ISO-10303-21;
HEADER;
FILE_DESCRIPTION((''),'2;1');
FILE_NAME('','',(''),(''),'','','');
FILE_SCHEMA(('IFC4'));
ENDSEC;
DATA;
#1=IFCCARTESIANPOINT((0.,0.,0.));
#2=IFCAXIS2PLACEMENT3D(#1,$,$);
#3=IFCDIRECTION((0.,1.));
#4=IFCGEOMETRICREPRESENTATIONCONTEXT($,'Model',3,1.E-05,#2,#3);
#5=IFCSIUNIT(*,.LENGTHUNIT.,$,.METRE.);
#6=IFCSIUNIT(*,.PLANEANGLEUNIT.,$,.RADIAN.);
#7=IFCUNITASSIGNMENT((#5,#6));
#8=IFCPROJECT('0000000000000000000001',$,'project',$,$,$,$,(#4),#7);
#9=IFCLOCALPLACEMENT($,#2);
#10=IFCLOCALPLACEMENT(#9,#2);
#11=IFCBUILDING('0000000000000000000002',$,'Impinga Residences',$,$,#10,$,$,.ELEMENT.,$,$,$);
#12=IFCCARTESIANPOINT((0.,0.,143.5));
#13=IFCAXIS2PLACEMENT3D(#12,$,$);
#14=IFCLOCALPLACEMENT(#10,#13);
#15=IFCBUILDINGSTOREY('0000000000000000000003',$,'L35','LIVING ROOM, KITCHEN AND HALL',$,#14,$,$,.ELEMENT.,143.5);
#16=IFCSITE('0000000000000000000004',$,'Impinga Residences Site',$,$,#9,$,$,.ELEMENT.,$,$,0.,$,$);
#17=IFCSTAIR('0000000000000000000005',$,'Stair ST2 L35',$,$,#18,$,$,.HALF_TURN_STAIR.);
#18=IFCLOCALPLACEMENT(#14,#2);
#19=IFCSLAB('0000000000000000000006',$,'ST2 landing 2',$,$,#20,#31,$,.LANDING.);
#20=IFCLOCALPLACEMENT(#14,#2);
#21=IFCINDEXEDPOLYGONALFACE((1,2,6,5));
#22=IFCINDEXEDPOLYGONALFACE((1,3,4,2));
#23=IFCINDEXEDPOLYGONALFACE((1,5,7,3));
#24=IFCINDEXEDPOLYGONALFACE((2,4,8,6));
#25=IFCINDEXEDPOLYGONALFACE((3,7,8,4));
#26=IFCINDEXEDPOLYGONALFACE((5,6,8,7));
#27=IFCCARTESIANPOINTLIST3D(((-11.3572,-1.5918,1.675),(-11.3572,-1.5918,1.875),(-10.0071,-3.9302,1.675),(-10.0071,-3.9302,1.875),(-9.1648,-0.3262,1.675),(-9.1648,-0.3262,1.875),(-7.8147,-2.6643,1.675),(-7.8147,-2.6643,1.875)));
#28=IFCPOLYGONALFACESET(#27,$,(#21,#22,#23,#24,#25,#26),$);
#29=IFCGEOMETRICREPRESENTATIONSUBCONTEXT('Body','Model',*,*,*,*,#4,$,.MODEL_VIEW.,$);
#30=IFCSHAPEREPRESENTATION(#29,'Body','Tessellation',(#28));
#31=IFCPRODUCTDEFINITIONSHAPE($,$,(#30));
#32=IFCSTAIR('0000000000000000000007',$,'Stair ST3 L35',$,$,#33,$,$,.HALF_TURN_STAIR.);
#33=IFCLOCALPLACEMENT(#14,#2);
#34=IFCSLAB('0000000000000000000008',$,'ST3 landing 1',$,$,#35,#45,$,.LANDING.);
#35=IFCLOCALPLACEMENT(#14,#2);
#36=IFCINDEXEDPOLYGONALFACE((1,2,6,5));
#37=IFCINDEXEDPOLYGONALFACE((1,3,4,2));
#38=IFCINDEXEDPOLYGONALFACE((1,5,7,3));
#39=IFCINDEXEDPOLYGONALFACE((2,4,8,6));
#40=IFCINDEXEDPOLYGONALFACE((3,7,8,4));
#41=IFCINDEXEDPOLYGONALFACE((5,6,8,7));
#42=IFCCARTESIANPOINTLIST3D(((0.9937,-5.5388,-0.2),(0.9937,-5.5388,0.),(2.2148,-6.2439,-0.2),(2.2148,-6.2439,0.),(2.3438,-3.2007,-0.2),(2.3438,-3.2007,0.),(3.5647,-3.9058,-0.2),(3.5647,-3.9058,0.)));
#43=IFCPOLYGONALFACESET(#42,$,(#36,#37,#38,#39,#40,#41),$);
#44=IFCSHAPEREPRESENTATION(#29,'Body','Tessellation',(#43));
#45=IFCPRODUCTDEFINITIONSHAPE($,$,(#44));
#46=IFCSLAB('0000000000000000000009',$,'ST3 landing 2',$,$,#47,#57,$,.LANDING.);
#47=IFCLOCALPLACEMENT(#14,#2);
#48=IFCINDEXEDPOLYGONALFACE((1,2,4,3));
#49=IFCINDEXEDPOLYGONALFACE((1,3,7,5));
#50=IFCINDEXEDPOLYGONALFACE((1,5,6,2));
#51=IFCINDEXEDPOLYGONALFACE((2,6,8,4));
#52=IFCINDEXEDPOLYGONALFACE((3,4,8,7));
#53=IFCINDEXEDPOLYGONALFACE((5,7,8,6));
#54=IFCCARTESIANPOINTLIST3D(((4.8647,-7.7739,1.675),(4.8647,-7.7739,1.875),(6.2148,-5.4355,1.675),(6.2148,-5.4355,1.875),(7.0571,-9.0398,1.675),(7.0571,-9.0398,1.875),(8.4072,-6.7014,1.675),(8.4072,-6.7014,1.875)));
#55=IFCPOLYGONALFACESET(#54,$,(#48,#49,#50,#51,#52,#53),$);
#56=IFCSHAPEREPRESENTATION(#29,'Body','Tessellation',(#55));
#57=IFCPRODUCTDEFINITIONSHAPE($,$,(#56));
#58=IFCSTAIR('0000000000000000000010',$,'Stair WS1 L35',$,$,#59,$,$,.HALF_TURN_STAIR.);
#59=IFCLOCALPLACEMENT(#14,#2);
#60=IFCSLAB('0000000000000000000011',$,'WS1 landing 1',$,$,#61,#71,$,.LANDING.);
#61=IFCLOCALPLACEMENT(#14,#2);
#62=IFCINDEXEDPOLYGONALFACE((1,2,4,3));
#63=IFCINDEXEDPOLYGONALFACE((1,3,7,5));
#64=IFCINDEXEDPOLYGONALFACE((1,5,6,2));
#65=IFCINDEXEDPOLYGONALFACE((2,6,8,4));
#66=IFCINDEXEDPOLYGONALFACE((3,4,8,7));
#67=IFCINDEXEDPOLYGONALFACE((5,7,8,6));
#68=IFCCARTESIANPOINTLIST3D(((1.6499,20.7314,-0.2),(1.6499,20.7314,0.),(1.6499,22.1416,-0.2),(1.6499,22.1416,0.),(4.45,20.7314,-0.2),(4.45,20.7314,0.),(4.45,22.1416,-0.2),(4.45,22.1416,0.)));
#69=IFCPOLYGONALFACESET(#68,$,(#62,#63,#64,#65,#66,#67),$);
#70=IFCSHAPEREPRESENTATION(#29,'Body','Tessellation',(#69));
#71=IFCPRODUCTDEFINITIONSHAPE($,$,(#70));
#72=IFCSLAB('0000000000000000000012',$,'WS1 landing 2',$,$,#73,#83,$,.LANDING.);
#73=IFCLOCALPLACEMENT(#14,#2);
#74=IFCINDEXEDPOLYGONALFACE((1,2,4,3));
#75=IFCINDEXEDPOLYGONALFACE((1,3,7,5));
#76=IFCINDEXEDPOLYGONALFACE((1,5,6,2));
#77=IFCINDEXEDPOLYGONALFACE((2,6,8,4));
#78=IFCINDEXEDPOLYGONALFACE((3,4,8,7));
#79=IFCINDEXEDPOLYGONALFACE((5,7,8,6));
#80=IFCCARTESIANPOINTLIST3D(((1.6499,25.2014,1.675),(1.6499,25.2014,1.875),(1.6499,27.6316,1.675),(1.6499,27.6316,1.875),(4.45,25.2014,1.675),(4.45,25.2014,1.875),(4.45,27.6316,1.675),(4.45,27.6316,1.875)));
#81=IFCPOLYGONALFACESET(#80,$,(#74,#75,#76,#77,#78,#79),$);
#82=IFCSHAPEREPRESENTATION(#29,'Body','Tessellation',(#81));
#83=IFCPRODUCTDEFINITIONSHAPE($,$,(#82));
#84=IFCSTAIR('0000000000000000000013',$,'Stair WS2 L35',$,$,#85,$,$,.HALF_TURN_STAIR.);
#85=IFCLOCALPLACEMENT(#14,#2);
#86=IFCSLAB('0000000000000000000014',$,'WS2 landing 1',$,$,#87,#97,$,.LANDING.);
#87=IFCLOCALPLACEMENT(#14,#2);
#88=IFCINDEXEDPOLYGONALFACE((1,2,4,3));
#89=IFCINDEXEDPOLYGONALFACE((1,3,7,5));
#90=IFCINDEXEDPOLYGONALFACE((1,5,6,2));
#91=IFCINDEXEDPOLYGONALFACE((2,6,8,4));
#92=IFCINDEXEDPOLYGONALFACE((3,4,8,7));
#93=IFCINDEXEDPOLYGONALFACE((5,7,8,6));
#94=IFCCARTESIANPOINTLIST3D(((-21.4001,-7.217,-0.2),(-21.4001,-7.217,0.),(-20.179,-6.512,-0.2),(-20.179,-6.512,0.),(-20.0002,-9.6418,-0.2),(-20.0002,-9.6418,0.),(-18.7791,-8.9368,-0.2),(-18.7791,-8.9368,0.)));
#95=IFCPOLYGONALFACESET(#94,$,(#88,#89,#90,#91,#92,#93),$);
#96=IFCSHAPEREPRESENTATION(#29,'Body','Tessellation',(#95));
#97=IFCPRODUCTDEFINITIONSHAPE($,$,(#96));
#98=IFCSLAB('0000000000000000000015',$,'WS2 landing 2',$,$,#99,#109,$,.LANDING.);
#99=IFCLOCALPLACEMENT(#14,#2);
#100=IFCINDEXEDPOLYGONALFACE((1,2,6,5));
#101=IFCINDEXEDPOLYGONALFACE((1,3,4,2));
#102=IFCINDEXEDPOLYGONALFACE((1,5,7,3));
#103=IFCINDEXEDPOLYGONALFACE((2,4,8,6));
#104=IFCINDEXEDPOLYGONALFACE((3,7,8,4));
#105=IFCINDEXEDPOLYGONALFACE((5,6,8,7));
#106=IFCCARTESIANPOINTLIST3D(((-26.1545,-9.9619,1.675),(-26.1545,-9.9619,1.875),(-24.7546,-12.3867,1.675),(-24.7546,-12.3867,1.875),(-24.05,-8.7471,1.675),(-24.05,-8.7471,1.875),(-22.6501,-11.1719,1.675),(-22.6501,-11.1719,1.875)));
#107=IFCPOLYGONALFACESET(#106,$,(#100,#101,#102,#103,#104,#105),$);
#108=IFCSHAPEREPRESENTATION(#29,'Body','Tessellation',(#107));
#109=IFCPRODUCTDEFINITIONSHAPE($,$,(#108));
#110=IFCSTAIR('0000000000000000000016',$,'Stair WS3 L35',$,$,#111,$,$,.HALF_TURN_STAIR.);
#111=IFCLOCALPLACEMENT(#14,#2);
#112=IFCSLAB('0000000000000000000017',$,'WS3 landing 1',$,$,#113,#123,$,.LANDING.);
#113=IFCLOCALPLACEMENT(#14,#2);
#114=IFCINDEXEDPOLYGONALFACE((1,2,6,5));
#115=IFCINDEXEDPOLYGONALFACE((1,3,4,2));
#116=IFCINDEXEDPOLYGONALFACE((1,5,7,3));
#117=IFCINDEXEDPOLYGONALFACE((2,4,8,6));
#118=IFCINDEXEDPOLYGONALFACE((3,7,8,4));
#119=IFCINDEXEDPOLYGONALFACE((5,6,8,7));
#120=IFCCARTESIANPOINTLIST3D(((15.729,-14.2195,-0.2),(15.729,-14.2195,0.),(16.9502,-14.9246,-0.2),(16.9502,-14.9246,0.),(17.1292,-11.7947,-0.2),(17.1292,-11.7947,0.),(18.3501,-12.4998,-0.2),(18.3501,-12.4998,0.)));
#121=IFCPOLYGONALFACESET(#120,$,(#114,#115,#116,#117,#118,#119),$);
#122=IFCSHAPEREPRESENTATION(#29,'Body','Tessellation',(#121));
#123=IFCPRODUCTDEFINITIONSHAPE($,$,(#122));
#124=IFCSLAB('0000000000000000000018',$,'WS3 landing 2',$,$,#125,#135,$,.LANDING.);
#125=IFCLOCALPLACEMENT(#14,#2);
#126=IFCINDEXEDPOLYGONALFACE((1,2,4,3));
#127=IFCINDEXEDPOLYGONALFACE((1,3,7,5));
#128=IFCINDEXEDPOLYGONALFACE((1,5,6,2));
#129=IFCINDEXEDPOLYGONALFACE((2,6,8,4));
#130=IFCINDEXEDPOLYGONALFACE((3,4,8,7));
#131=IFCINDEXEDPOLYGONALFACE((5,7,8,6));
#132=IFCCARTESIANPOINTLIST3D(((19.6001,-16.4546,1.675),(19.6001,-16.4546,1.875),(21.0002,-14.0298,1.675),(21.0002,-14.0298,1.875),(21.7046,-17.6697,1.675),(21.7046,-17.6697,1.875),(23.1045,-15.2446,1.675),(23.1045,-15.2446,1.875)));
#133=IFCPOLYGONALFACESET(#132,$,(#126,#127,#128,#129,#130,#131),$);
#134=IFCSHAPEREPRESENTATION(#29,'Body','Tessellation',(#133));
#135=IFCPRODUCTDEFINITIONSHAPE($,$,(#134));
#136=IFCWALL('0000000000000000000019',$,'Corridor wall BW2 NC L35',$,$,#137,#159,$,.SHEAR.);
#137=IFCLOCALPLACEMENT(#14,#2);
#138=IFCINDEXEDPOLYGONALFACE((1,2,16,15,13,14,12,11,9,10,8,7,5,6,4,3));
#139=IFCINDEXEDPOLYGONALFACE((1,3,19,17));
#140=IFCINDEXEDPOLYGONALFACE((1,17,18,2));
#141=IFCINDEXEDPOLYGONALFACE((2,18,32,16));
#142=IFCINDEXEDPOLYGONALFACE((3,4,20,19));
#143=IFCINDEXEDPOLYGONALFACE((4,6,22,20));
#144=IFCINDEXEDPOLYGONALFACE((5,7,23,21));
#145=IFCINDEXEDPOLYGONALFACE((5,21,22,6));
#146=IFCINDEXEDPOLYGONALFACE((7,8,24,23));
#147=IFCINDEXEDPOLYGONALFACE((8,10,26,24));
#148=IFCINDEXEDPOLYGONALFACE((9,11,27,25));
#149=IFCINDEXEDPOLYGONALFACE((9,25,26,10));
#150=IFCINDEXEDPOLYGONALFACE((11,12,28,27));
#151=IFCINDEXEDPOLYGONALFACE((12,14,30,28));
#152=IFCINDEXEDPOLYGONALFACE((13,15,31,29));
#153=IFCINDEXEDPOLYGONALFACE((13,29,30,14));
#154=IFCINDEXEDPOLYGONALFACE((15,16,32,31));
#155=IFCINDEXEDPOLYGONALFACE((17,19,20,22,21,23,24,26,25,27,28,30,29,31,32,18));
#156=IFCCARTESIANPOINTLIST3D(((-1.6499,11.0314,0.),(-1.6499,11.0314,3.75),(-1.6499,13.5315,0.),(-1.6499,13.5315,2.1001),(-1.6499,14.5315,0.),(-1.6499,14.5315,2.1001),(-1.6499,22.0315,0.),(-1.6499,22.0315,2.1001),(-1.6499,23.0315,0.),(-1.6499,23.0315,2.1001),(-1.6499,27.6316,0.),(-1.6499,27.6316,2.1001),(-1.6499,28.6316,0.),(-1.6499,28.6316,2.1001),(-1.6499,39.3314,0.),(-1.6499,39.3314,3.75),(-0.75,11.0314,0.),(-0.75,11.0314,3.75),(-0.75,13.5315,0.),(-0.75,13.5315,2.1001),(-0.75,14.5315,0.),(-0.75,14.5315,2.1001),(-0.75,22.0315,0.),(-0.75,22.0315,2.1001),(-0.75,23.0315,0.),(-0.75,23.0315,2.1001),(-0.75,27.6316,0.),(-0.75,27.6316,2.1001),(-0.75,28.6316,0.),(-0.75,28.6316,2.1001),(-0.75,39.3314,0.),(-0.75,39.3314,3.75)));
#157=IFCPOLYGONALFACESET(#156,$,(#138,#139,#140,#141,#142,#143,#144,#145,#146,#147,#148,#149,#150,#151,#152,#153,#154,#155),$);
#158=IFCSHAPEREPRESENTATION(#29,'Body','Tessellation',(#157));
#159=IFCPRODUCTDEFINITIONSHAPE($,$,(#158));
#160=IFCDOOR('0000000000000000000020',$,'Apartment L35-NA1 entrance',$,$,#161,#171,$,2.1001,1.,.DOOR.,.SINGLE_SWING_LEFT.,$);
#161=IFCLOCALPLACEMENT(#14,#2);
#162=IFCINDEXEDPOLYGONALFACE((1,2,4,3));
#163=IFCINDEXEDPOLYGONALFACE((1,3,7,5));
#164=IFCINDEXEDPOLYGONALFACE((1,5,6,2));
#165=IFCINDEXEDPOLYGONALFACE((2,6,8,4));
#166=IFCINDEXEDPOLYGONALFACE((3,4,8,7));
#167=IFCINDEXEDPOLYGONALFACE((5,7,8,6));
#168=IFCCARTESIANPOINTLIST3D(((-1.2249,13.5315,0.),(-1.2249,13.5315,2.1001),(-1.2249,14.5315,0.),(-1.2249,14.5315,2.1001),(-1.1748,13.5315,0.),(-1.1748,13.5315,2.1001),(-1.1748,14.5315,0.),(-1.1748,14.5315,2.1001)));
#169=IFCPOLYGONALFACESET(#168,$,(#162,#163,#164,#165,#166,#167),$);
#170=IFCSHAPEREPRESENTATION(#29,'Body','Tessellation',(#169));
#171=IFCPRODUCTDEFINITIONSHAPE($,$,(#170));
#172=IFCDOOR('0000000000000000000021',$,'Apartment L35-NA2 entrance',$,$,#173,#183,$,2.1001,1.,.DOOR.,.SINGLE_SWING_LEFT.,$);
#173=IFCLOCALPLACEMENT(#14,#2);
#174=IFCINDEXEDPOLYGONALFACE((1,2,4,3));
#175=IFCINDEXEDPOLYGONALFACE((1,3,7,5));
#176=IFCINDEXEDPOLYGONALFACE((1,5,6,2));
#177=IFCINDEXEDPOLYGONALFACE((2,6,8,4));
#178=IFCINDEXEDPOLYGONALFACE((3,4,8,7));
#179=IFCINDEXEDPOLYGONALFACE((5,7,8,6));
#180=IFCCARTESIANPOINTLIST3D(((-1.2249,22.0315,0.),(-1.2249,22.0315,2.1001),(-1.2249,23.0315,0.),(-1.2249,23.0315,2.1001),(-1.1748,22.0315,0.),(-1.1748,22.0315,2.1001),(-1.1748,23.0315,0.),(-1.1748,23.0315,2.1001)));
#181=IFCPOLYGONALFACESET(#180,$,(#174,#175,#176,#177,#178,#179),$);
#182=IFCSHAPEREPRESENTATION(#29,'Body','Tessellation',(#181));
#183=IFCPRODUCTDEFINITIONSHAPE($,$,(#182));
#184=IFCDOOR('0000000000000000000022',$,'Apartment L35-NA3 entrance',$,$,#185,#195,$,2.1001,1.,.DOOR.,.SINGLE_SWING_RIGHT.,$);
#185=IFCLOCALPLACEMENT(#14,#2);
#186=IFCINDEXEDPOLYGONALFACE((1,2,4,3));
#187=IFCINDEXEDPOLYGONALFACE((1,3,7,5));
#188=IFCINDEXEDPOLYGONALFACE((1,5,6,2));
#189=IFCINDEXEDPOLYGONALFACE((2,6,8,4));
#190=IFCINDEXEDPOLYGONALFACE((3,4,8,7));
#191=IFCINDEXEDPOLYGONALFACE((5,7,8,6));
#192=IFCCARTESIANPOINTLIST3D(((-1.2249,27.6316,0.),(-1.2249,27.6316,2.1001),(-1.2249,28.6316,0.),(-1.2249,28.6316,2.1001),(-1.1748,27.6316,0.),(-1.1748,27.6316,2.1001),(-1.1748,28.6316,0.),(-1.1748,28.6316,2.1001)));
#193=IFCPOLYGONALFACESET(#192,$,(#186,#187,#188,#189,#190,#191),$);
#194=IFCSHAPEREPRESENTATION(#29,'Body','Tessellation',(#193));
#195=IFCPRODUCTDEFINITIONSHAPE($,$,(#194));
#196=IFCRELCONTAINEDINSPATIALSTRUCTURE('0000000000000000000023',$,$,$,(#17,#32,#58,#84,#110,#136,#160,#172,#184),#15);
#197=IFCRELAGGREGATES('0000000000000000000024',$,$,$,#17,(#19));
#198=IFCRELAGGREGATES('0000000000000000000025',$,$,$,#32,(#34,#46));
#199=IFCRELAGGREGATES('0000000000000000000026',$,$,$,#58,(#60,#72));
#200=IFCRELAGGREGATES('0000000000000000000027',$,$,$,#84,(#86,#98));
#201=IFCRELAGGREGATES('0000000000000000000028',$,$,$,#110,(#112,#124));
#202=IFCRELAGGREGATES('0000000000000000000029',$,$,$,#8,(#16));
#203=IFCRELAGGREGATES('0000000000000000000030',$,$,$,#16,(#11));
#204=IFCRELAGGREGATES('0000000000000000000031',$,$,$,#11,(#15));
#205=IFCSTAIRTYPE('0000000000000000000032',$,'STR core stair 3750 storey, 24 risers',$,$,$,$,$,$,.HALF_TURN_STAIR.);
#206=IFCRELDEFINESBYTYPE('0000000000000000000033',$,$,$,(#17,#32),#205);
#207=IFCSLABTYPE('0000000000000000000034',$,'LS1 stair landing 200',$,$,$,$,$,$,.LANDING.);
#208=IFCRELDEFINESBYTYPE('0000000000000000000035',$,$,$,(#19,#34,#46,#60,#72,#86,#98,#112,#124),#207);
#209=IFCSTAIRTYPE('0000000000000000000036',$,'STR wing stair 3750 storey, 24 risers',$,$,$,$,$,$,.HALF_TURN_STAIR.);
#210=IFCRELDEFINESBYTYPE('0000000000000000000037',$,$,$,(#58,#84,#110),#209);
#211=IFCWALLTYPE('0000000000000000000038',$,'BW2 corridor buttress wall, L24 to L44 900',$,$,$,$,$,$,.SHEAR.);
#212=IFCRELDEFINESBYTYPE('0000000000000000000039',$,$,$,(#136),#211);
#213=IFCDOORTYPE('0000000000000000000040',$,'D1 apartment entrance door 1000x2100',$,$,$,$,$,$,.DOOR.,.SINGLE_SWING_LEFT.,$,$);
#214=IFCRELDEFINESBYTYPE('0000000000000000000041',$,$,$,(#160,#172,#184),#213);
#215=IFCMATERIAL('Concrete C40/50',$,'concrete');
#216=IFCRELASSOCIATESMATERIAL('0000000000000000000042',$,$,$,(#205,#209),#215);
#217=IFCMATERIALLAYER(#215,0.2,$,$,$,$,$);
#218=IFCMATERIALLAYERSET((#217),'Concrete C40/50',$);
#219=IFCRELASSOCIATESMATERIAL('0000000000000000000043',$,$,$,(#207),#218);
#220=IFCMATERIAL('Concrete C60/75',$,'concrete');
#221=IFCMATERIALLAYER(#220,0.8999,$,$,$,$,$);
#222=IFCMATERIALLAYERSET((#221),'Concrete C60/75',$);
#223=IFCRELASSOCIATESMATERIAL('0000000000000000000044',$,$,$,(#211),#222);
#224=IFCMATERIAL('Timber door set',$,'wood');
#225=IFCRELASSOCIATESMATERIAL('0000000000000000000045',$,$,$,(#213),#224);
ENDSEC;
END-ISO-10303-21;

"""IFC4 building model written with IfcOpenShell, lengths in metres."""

from ifc_helpers import new_model, si_unit, direction, frame, frame_2d, origin, place, context, subcontext, project, spatial, polyline, rectangle, outline, extrude, material, layer, layer_set, type_object, element, fill, aggregate, save


model = new_model("IFC4")

# Units and contexts
model_context = context("Model", 3, precision=1e-05, world=origin(), true_north=direction((0.0, 1.0)))
body_context = subcontext(model_context, "Body", "Model", "MODEL_VIEW")
ifc_project = project(units=[si_unit("LENGTHUNIT", "METRE"), si_unit("PLANEANGLEUNIT", "RADIAN")], contexts=[model_context])

# Site, building, storey
site_placement = place(None, origin())
site = spatial("IfcSite", under=ifc_project, at=site_placement, Name="Impinga Residences Site", CompositionType="ELEMENT", RefElevation=0.0)
building_placement = place(site_placement, origin())
building = spatial("IfcBuilding", under=site, at=building_placement, Name="Impinga Residences", CompositionType="ELEMENT")
storey_placement = place(building_placement, frame((0.0, 0.0, 143.5)))
storey = spatial("IfcBuildingStorey", under=building, at=storey_placement, Name="L35", Description="LIVING ROOM, KITCHEN AND HALL", CompositionType="ELEMENT", Elevation=143.5)

# Shared definitions
ifc_material_1 = material(Name="Concrete C60/75", Category="concrete")

# Stairs, slabs
ifc_material_2 = material(Name="Concrete C40/50", Category="concrete")
stair_type_1 = type_object("IfcStairType", Name="STR core stair 3750 storey, 24 risers", PredefinedType="HALF_TURN_STAIR", material=ifc_material_2)
ifc_layer_1 = layer(ifc_material_2, 0.2)
ifc_layer_set_1 = layer_set([ifc_layer_1], Name="Concrete C40/50")
slab_type_1 = type_object("IfcSlabType", Name="LS1 stair landing 200", PredefinedType="LANDING", material=ifc_layer_set_1)
stair_1_placement = place(storey_placement, origin())
stair_1 = element("IfcStair", 1, at=stair_1_placement, inside=storey, type_object=stair_type_1, Name="Stair ST2 L35", PredefinedType="HALF_TURN_STAIR")
slab_1_placement = place(storey_placement, frame((0.0, 0.0, 1.675)))
slab_1 = element("IfcSlab", 2, at=slab_1_placement, type_object=slab_type_1, Name="ST2 landing 2", PredefinedType="LANDING", context=body_context, shape_type="SweptSolid", body=[
    extrude(outline(polyline([(-7.8147, -2.6643), (-9.1648, -0.3262), (-11.3572, -1.5918), (-10.0071, -3.9302), (-7.8147, -2.6643)])), origin(), (0.0, 0.0, 1.0), 0.2),
])
aggregate(stair_1, [slab_1])
stair_2_placement = place(storey_placement, origin())
stair_2 = element("IfcStair", 3, at=stair_2_placement, inside=storey, type_object=stair_type_1, Name="Stair ST3 L35", PredefinedType="HALF_TURN_STAIR")
slab_2_placement = place(storey_placement, frame((0.0, 0.0, -0.2)))
slab_2 = element("IfcSlab", 4, at=slab_2_placement, type_object=slab_type_1, Name="ST3 landing 1", PredefinedType="LANDING", context=body_context, shape_type="SweptSolid", body=[
    extrude(outline(polyline([(2.3438, -3.2007), (0.9937, -5.5388), (2.2148, -6.2439), (3.5647, -3.9058), (2.3438, -3.2007)])), origin(), (0.0, 0.0, 1.0), 0.2),
])
slab_3_placement = place(storey_placement, frame((0.0, 0.0, 1.675)))
slab_3 = element("IfcSlab", 5, at=slab_3_placement, type_object=slab_type_1, Name="ST3 landing 2", PredefinedType="LANDING", context=body_context, shape_type="SweptSolid", body=[
    extrude(outline(polyline([(6.2148, -5.4355), (4.8647, -7.7739), (7.0571, -9.0398), (8.4072, -6.7014), (6.2148, -5.4355)])), origin(), (0.0, 0.0, 1.0), 0.2),
])
aggregate(stair_2, [slab_2, slab_3])
stair_type_2 = type_object("IfcStairType", Name="STR wing stair 3750 storey, 24 risers", PredefinedType="HALF_TURN_STAIR", material=ifc_material_2)
stair_3_placement = place(storey_placement, origin())
stair_3 = element("IfcStair", 6, at=stair_3_placement, inside=storey, type_object=stair_type_2, Name="Stair WS1 L35", PredefinedType="HALF_TURN_STAIR")
slab_4_placement = place(storey_placement, frame((0.0, 0.0, -0.2)))
slab_4 = element("IfcSlab", 7, at=slab_4_placement, type_object=slab_type_1, Name="WS1 landing 1", PredefinedType="LANDING", context=body_context, shape_type="SweptSolid", body=[
    extrude(outline(polyline([(1.6499, 20.7314), (4.45, 20.7314), (4.45, 22.1416), (1.6499, 22.1416), (1.6499, 20.7314)])), origin(), (0.0, 0.0, 1.0), 0.2),
])
slab_5_placement = place(storey_placement, frame((0.0, 0.0, 1.675)))
slab_5 = element("IfcSlab", 8, at=slab_5_placement, type_object=slab_type_1, Name="WS1 landing 2", PredefinedType="LANDING", context=body_context, shape_type="SweptSolid", body=[
    extrude(outline(polyline([(1.6499, 25.2014), (4.45, 25.2014), (4.45, 27.6316), (1.6499, 27.6316), (1.6499, 25.2014)])), origin(), (0.0, 0.0, 1.0), 0.2),
])
aggregate(stair_3, [slab_4, slab_5])
stair_4_placement = place(storey_placement, origin())
stair_4 = element("IfcStair", 9, at=stair_4_placement, inside=storey, type_object=stair_type_2, Name="Stair WS2 L35", PredefinedType="HALF_TURN_STAIR")
slab_6_placement = place(storey_placement, frame((0.0, 0.0, -0.2)))
slab_6 = element("IfcSlab", 10, at=slab_6_placement, type_object=slab_type_1, Name="WS2 landing 1", PredefinedType="LANDING", context=body_context, shape_type="SweptSolid", body=[
    extrude(outline(polyline([(-18.7791, -8.9368), (-20.179, -6.512), (-21.4001, -7.217), (-20.0002, -9.6418), (-18.7791, -8.9368)])), origin(), (0.0, 0.0, 1.0), 0.2),
])
slab_7_placement = place(storey_placement, frame((0.0, 0.0, 1.675)))
slab_7 = element("IfcSlab", 11, at=slab_7_placement, type_object=slab_type_1, Name="WS2 landing 2", PredefinedType="LANDING", context=body_context, shape_type="SweptSolid", body=[
    extrude(outline(polyline([(-22.6501, -11.1719), (-24.05, -8.7471), (-26.1545, -9.9619), (-24.7546, -12.3867), (-22.6501, -11.1719)])), origin(), (0.0, 0.0, 1.0), 0.2),
])
aggregate(stair_4, [slab_6, slab_7])
stair_5_placement = place(storey_placement, origin())
stair_5 = element("IfcStair", 12, at=stair_5_placement, inside=storey, type_object=stair_type_2, Name="Stair WS3 L35", PredefinedType="HALF_TURN_STAIR")
slab_8_placement = place(storey_placement, frame((0.0, 0.0, -0.2)))
slab_8 = element("IfcSlab", 13, at=slab_8_placement, type_object=slab_type_1, Name="WS3 landing 1", PredefinedType="LANDING", context=body_context, shape_type="SweptSolid", body=[
    extrude(outline(polyline([(17.1292, -11.7947), (15.729, -14.2195), (16.9502, -14.9246), (18.3501, -12.4998), (17.1292, -11.7947)])), origin(), (0.0, 0.0, 1.0), 0.2),
])
slab_9_placement = place(storey_placement, frame((0.0, 0.0, 1.675)))
slab_9 = element("IfcSlab", 14, at=slab_9_placement, type_object=slab_type_1, Name="WS3 landing 2", PredefinedType="LANDING", context=body_context, shape_type="SweptSolid", body=[
    extrude(outline(polyline([(21.0002, -14.0298), (19.6001, -16.4546), (21.7046, -17.6697), (23.1045, -15.2446), (21.0002, -14.0298)])), origin(), (0.0, 0.0, 1.0), 0.2),
])
aggregate(stair_5, [slab_8, slab_9])

# Wall, openings, doors
ifc_layer_2 = layer(ifc_material_1, 0.8999)
ifc_layer_set_2 = layer_set([ifc_layer_2], Name="Concrete C60/75")
wall_type_1 = type_object("IfcWallType", Name="BW2 corridor buttress wall, L24 to L44 900", PredefinedType="SHEAR", material=ifc_layer_set_2)
wall_1_placement = place(storey_placement, frame((-1.2, 11.0315, 0.0), z_axis=(0.0, 0.0, 1.0), x_axis=(0.0, 1.0, 0.0)))
wall_1 = element("IfcWall", 15, at=wall_1_placement, inside=storey, type_object=wall_type_1, Name="Corridor wall BW2 NC L35", PredefinedType="SHEAR", context=body_context, shape_type="SweptSolid", body=[
    extrude(rectangle(XDim=28.3, YDim=0.8999, at=frame_2d((14.1499, 0.0))), origin(), (0.0, 0.0, 1.0), 3.75),
])
opening_1_placement = place(wall_1_placement, frame((2.5, 0.0, 0.0)))
opening_1 = element("IfcOpeningElement", 16, at=opening_1_placement, cuts=wall_1, PredefinedType="OPENING", context=body_context, shape_type="SweptSolid", body=[
    extrude(rectangle(XDim=1.0, YDim=2.1001, at=frame_2d((0.5, 1.05))), frame((0.0, 0.46, 0.0), z_axis=(0.0, -1.0, 0.0), x_axis=(1.0, 0.0, 0.0)), (0.0, 0.0, 1.0), 0.9199),
])
opening_2_placement = place(wall_1_placement, frame((11.0, 0.0, 0.0)))
opening_2 = element("IfcOpeningElement", 17, at=opening_2_placement, cuts=wall_1, PredefinedType="OPENING", context=body_context, shape_type="SweptSolid", body=[
    extrude(rectangle(XDim=1.0, YDim=2.1001, at=frame_2d((0.5, 1.05))), frame((0.0, 0.46, 0.0), z_axis=(0.0, -1.0, 0.0), x_axis=(1.0, 0.0, 0.0)), (0.0, 0.0, 1.0), 0.9199),
])
opening_3_placement = place(wall_1_placement, frame((16.6001, 0.0, 0.0)))
opening_3 = element("IfcOpeningElement", 18, at=opening_3_placement, cuts=wall_1, PredefinedType="OPENING", context=body_context, shape_type="SweptSolid", body=[
    extrude(rectangle(XDim=1.0, YDim=2.1001, at=frame_2d((0.5, 1.05))), frame((0.0, 0.46, 0.0), z_axis=(0.0, -1.0, 0.0), x_axis=(1.0, 0.0, 0.0)), (0.0, 0.0, 1.0), 0.9199),
])
ifc_material_3 = material(Name="Timber door set", Category="wood")
door_type_1 = type_object("IfcDoorType", Name="D1 apartment entrance door 1000x2100", OperationType="SINGLE_SWING_LEFT", PredefinedType="DOOR", material=ifc_material_3)
door_1_placement = place(opening_1_placement, origin())
door_1 = element("IfcDoor", 19, at=door_1_placement, inside=storey, type_object=door_type_1, Name="Apartment L35-NA1 entrance", OperationType="SINGLE_SWING_LEFT", OverallHeight=2.1001, OverallWidth=1.0, PredefinedType="DOOR", context=body_context, shape_type="SweptSolid", body=[
    extrude(rectangle(XDim=1.0, YDim=2.1001, at=frame_2d((0.5, 1.05))), frame((0.0, 0.0249, 0.0), z_axis=(0.0, -1.0, 0.0), x_axis=(1.0, 0.0, 0.0)), (0.0, 0.0, 1.0), 0.05),
])
fill(opening_1, door_1)
door_2_placement = place(opening_2_placement, origin())
door_2 = element("IfcDoor", 20, at=door_2_placement, inside=storey, type_object=door_type_1, Name="Apartment L35-NA2 entrance", OperationType="SINGLE_SWING_LEFT", OverallHeight=2.1001, OverallWidth=1.0, PredefinedType="DOOR", context=body_context, shape_type="SweptSolid", body=[
    extrude(rectangle(XDim=1.0, YDim=2.1001, at=frame_2d((0.5, 1.05))), frame((0.0, 0.0249, 0.0), z_axis=(0.0, -1.0, 0.0), x_axis=(1.0, 0.0, 0.0)), (0.0, 0.0, 1.0), 0.05),
])
fill(opening_2, door_2)
door_3_placement = place(opening_3_placement, origin())
door_3 = element("IfcDoor", 21, at=door_3_placement, inside=storey, type_object=door_type_1, Name="Apartment L35-NA3 entrance", OperationType="SINGLE_SWING_RIGHT", OverallHeight=2.1001, OverallWidth=1.0, PredefinedType="DOOR", context=body_context, shape_type="SweptSolid", body=[
    extrude(rectangle(XDim=1.0, YDim=2.1001, at=frame_2d((0.5, 1.05))), frame((0.0, 0.0249, 0.0), z_axis=(0.0, -1.0, 0.0), x_axis=(1.0, 0.0, 0.0)), (0.0, 0.0, 1.0), 0.05),
])
fill(opening_3, door_3)

save(model, "model.ifc")
